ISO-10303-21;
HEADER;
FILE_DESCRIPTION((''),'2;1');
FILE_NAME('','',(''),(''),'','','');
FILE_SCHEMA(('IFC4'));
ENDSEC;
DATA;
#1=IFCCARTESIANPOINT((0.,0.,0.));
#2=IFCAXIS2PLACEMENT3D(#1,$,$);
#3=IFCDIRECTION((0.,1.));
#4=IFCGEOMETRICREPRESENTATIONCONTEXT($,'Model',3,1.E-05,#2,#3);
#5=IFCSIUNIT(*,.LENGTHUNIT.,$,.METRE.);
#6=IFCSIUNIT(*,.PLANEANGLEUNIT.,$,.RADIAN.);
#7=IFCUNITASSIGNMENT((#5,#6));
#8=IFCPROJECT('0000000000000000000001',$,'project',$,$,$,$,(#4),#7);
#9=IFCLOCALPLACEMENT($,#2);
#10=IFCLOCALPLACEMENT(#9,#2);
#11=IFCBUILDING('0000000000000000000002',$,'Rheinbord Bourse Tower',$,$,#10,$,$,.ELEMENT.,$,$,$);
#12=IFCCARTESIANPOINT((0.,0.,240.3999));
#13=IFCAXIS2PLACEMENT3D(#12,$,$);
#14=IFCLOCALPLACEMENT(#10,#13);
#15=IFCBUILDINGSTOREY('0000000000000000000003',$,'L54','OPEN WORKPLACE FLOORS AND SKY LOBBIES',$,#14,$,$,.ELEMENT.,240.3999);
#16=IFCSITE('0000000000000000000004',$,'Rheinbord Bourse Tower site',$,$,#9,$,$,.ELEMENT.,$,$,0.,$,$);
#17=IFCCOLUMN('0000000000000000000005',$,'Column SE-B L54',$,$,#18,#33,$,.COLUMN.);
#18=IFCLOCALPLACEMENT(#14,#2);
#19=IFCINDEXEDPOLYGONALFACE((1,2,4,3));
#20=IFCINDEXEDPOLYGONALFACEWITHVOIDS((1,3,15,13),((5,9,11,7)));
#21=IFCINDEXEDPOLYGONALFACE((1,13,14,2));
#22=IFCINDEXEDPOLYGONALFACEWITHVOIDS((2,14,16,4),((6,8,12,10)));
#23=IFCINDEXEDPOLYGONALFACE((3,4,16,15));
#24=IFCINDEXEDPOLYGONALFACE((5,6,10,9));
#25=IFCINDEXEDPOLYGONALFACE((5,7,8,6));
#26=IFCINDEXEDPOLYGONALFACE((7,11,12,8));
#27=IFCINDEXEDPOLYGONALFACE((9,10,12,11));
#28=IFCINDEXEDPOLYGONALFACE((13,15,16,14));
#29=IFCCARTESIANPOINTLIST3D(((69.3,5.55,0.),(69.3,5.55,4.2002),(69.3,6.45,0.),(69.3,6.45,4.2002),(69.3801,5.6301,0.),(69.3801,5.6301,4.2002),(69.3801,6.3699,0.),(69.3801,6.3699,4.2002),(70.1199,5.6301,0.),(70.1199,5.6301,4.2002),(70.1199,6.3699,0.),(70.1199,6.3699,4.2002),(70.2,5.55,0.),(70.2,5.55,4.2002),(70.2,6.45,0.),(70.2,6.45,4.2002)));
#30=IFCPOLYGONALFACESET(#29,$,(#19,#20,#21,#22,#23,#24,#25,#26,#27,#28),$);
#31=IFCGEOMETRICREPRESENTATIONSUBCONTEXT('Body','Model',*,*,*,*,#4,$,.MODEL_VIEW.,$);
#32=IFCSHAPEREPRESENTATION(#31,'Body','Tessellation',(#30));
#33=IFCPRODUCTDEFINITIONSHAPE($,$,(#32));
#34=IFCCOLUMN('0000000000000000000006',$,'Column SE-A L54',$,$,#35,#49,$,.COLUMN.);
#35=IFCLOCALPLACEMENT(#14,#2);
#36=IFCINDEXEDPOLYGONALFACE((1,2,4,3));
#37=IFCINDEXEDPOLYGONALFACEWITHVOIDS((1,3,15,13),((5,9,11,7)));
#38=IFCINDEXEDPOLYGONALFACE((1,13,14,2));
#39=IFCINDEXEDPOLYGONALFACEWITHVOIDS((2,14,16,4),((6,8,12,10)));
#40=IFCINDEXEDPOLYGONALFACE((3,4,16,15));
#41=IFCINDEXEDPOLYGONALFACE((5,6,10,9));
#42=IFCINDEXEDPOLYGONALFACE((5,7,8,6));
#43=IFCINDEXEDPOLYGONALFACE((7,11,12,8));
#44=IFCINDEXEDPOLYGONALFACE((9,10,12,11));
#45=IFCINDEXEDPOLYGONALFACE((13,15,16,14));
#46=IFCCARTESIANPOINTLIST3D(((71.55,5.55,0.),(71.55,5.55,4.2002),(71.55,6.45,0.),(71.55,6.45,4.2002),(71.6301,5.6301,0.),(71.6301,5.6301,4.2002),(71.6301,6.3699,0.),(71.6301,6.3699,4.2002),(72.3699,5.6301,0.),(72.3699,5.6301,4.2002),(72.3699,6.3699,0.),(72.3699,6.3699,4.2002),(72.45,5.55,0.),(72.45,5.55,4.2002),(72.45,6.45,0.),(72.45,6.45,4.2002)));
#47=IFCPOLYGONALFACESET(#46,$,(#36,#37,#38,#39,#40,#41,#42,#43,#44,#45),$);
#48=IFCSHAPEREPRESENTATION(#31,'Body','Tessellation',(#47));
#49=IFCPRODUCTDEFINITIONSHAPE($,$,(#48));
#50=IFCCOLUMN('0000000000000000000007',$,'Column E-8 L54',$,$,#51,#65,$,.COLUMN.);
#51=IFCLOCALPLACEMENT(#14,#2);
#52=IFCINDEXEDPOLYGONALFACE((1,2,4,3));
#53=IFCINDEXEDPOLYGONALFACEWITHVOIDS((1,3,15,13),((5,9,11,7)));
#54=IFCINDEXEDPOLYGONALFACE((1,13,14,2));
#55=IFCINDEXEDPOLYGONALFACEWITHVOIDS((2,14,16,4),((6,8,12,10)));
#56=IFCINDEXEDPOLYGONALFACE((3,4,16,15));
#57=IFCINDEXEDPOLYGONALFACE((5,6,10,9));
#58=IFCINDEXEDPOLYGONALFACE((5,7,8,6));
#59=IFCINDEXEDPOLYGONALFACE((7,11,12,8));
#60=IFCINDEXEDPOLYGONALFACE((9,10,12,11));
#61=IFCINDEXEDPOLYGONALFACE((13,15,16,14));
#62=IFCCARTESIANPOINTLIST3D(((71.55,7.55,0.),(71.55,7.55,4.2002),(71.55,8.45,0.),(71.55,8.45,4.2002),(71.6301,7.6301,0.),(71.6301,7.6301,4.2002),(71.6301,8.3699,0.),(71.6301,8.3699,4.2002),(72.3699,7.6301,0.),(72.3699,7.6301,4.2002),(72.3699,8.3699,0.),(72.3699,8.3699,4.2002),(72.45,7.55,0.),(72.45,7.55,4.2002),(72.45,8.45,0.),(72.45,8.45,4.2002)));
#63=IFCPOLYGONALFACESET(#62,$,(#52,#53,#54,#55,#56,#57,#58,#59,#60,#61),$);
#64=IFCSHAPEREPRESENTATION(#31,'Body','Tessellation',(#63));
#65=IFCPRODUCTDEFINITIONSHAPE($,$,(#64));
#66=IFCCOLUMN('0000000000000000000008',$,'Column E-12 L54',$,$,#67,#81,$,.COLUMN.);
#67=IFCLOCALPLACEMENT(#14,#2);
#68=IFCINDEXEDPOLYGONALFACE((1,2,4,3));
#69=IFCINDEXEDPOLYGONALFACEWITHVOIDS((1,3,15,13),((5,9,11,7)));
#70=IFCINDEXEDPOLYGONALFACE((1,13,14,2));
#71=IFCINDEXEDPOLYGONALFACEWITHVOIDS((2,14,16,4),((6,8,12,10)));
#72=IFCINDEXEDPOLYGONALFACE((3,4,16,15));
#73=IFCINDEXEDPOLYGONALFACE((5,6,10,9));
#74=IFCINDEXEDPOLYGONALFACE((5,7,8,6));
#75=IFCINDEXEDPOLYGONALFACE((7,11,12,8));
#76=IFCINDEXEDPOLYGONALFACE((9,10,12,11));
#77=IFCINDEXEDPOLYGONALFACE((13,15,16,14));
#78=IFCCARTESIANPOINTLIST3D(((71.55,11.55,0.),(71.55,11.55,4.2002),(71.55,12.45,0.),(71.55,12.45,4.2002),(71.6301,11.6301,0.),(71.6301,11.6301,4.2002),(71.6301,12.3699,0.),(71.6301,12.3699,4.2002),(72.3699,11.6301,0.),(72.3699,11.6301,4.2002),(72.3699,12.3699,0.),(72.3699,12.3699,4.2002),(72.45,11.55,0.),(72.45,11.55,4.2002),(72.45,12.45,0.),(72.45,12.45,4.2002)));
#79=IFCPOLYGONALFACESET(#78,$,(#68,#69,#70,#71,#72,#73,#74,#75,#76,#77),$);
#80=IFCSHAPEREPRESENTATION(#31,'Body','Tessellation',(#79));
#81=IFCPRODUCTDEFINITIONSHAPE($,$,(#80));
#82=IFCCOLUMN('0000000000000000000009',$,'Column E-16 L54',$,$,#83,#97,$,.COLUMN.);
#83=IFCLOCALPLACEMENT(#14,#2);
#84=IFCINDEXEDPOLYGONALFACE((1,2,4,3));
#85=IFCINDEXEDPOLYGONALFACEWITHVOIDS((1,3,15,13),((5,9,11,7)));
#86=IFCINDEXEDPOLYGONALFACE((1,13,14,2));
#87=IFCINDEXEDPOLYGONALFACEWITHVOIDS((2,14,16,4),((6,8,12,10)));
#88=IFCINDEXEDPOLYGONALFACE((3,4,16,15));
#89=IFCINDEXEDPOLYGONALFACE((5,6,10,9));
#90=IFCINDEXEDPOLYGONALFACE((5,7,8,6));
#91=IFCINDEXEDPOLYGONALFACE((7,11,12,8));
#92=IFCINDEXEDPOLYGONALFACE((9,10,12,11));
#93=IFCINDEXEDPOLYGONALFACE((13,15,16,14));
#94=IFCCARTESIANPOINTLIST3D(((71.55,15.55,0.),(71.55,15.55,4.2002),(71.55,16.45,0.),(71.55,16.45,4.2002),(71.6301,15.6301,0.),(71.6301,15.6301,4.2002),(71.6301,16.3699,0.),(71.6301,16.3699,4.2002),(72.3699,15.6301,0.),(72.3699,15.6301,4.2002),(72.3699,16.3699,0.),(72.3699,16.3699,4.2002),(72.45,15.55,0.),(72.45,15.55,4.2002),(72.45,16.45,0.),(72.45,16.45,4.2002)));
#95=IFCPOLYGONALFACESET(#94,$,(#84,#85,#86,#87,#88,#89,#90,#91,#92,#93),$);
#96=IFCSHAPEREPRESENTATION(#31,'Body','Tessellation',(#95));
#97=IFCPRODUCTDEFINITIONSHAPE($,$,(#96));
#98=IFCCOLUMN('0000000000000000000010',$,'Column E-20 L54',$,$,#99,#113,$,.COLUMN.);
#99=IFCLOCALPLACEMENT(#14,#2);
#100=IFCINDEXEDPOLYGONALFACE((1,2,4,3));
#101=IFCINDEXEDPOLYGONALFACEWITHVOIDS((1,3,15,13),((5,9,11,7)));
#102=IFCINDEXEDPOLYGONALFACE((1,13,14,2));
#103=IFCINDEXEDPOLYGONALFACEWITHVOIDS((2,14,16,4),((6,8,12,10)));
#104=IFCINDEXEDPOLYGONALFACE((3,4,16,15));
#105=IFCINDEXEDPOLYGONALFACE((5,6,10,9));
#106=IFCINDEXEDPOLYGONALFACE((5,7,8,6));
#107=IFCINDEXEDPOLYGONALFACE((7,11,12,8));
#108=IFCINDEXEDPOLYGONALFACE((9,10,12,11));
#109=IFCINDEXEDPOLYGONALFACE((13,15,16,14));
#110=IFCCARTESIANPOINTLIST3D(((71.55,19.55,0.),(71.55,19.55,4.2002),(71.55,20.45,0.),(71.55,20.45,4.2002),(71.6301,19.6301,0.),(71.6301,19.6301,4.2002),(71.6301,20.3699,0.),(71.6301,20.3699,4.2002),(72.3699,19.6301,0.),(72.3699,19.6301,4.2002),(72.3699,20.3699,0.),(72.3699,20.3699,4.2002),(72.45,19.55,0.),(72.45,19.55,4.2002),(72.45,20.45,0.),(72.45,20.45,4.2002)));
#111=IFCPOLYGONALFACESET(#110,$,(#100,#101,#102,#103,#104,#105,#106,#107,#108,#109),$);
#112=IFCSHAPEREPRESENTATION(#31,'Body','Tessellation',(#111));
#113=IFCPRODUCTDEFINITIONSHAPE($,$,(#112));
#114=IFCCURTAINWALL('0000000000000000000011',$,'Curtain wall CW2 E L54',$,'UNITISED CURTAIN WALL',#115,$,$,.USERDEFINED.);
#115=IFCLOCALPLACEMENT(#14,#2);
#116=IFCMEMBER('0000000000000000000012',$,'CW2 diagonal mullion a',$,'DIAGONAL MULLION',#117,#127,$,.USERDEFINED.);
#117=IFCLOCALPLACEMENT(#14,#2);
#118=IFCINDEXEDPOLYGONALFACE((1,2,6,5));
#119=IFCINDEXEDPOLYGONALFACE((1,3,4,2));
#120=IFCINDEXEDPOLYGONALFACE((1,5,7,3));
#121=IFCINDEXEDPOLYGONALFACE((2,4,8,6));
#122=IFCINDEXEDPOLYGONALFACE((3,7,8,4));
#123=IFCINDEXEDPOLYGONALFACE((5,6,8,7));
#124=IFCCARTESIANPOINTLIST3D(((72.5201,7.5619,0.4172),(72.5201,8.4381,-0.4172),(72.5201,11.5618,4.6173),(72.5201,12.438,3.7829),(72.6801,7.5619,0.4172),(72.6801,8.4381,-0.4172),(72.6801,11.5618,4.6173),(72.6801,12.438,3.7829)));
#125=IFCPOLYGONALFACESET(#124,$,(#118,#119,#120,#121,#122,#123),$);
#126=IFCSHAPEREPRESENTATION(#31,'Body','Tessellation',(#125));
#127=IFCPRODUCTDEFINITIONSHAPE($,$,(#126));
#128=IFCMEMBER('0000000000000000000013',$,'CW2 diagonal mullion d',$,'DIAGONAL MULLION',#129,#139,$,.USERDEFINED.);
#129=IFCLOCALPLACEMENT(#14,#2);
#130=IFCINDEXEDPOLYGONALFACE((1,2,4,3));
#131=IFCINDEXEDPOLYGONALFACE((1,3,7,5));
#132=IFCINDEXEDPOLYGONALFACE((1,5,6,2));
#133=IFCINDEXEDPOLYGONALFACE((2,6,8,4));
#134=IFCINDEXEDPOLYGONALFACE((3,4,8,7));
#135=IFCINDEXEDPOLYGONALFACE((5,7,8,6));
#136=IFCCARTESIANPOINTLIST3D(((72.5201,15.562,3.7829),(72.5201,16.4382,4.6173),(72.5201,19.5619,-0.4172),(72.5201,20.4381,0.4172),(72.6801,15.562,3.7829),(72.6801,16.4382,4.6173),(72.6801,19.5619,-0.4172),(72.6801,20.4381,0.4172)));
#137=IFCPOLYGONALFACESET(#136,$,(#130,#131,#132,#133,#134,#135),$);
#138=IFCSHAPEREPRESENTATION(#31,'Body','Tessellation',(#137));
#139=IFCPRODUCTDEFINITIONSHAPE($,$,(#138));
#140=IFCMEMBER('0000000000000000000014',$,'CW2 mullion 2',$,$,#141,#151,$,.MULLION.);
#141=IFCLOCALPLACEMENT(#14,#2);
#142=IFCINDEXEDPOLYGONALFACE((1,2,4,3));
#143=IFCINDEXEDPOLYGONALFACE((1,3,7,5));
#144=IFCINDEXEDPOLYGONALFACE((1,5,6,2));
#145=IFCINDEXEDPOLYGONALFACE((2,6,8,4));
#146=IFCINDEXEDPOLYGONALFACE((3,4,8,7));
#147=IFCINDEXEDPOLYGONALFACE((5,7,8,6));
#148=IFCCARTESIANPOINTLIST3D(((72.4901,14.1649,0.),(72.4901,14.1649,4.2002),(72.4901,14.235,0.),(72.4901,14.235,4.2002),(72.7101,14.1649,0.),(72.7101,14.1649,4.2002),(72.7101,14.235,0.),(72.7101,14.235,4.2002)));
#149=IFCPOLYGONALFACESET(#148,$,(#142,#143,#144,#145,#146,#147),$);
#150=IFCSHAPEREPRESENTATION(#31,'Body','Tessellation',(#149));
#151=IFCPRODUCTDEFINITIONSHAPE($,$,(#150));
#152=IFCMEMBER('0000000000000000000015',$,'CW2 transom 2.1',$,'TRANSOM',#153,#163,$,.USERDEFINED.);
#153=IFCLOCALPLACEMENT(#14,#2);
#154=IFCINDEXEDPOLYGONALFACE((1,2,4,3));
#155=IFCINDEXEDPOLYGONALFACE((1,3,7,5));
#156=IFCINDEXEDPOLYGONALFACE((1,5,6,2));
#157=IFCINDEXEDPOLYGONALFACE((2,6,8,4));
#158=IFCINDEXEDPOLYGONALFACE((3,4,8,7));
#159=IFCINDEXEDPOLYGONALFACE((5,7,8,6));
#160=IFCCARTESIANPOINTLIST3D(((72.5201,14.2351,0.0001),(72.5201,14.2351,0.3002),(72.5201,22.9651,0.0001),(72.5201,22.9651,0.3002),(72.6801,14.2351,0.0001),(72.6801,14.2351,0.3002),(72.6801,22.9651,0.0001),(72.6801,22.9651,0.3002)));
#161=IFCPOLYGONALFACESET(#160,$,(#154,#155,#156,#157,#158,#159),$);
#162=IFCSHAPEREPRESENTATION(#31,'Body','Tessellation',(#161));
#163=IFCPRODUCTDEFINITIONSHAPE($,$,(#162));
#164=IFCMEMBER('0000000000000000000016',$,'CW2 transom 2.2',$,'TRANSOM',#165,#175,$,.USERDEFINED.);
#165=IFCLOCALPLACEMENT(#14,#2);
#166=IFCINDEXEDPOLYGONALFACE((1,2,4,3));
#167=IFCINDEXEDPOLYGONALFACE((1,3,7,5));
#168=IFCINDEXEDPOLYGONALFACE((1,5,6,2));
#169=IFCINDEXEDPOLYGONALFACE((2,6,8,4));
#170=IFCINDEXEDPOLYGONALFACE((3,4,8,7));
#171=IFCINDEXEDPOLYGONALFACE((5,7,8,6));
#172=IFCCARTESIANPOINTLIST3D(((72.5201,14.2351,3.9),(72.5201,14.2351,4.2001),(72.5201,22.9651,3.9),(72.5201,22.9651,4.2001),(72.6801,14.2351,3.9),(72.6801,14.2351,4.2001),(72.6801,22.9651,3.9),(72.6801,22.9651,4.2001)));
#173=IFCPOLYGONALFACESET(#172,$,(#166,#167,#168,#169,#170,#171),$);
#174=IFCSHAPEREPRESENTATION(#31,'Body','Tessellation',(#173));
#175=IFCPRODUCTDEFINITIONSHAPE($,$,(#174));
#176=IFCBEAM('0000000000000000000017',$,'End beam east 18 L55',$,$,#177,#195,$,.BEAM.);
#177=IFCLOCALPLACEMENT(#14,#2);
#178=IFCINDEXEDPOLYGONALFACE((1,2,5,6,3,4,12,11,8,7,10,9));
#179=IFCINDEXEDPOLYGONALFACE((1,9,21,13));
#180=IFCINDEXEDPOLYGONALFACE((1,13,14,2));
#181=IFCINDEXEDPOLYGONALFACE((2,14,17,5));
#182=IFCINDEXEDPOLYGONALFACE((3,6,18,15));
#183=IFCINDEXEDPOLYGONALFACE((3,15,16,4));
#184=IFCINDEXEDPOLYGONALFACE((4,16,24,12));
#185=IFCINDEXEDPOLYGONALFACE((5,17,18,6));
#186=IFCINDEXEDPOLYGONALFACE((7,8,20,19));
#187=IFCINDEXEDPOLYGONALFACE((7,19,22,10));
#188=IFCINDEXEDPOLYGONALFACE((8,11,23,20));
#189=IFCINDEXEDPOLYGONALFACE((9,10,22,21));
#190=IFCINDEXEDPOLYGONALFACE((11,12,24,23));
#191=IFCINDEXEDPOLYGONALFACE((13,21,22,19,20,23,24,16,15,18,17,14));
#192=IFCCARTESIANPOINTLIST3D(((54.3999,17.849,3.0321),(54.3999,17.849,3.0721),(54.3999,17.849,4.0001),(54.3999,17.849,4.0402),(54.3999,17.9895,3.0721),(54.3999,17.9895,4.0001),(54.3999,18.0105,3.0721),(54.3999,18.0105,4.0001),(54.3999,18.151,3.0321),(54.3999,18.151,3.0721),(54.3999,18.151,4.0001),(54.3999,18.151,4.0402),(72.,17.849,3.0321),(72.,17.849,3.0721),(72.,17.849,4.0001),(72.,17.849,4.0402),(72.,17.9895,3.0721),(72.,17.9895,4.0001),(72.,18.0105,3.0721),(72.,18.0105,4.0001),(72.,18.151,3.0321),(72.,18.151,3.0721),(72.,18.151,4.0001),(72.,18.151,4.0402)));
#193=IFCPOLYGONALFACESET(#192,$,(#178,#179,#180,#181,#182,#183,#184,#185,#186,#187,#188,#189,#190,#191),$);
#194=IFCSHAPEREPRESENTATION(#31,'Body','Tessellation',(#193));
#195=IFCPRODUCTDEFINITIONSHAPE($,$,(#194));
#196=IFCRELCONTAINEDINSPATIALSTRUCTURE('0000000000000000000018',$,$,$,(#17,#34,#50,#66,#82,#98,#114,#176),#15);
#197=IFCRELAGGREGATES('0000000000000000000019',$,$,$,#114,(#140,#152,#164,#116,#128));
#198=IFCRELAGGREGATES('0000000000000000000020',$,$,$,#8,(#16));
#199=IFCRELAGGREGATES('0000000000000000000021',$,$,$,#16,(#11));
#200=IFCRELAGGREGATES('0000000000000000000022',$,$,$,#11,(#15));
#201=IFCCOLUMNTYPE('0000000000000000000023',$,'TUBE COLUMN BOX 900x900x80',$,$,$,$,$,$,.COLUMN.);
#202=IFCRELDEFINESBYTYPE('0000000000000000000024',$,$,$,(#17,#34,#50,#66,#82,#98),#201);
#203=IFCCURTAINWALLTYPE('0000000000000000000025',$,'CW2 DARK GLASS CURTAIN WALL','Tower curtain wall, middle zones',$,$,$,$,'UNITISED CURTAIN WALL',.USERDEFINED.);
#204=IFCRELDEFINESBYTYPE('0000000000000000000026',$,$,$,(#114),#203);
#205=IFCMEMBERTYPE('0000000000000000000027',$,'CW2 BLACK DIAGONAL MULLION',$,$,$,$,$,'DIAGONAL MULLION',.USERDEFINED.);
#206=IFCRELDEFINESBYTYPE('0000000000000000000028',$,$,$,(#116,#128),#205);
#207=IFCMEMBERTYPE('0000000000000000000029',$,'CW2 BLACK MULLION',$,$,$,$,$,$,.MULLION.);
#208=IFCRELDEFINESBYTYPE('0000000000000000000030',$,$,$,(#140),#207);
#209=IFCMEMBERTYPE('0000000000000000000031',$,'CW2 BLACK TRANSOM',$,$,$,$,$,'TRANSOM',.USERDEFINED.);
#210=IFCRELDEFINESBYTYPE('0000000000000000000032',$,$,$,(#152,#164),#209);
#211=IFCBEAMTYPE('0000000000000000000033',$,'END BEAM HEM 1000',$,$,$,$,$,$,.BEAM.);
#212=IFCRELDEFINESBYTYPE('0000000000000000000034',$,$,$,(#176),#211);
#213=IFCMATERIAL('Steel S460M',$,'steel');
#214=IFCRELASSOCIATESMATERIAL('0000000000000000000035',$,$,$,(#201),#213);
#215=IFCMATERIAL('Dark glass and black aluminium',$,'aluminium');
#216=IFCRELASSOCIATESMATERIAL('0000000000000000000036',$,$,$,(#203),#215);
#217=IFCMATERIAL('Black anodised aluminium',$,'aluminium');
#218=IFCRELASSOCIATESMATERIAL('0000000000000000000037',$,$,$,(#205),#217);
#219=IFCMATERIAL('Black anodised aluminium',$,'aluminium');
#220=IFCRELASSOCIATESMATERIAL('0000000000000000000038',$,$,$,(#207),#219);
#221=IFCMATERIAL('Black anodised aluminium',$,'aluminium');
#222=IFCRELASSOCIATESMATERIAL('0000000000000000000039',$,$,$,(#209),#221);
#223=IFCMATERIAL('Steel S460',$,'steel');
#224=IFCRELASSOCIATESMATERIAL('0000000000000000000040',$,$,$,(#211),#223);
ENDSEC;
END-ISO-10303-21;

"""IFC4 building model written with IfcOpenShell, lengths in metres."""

from ifc_helpers import new_model, si_unit, direction, frame, origin, origin_2d, place, context, subcontext, project, spatial, rectangle, hollow_rectangle, i_section, extrude, material, material_profile, profile_set, type_object, element, aggregate, save


model = new_model("IFC4")

# Units and contexts
model_context = context("Model", 3, precision=1e-05, world=origin(), true_north=direction((0.0, 1.0)))
body_context = subcontext(model_context, "Body", "Model", "MODEL_VIEW")
ifc_project = project(units=[si_unit("LENGTHUNIT", "METRE"), si_unit("PLANEANGLEUNIT", "RADIAN")], contexts=[model_context])

# Site, building, storey
site_placement = place(None, origin())
site = spatial("IfcSite", under=ifc_project, at=site_placement, Name="Rheinbord Bourse Tower site", CompositionType="ELEMENT", RefElevation=0.0)
building_placement = place(site_placement, origin())
building = spatial("IfcBuilding", under=site, at=building_placement, Name="Rheinbord Bourse Tower", CompositionType="ELEMENT")
storey_placement = place(building_placement, frame((0.0, 0.0, 240.3999)))
storey = spatial("IfcBuildingStorey", under=building, at=storey_placement, Name="L54", Description="OPEN WORKPLACE FLOORS AND SKY LOBBIES", CompositionType="ELEMENT", Elevation=240.3999)

# Columns
ifc_material_1 = material(Name="Steel S460M", Category="steel")
ifc_material_profile_1 = material_profile(ifc_material_1, hollow_rectangle(XDim=0.8999, YDim=0.8999, WallThickness=0.0801, at=origin_2d()), Name="BOX 900x900x80")
ifc_profile_set_1 = profile_set([ifc_material_profile_1], Name="Steel S460M")
column_type = type_object("IfcColumnType", Name="TUBE COLUMN BOX 900x900x80", PredefinedType="COLUMN", material=ifc_profile_set_1)
for number, where, z_axis, x_axis, name in (
    (1, (69.75, 6.0, 0.0), (0.0, 0.0, 1.0), (1.0, 0.0, 0.0), "Column SE-B L54"),
    (2, (72.0, 6.0, 0.0), (0.0, 0.0, 1.0), (1.0, 0.0, 0.0), "Column SE-A L54"),
    (3, (72.0, 8.0, 0.0), (0.0, 0.0, 1.0), (1.0, 0.0, 0.0), "Column E-8 L54"),
    (4, (72.0, 12.0, 0.0), (0.0, 0.0, 1.0), (1.0, 0.0, 0.0), "Column E-12 L54"),
    (5, (72.0, 16.0, 0.0), (0.0, 0.0, 1.0), (1.0, 0.0, 0.0), "Column E-16 L54"),
    (6, (72.0, 20.0, 0.0), (0.0, 0.0, 1.0), (1.0, 0.0, 0.0), "Column E-20 L54"),
):
    element("IfcColumn", number, at=place(storey_placement, frame(where, z_axis=z_axis, x_axis=x_axis)), inside=storey, type_object=column_type, Name=name, PredefinedType="COLUMN", context=body_context, shape_type="SweptSolid", body=[
        extrude(hollow_rectangle(XDim=0.8999, YDim=0.8999, WallThickness=0.0801, at=origin_2d()), origin(), (0.0, 0.0, 1.0), 4.2002),
    ])

# Curtain wall, members
ifc_material_2 = material(Name="Dark glass and black aluminium", Category="aluminium")
curtain_wall_type = type_object("IfcCurtainWallType", Name="CW2 DARK GLASS CURTAIN WALL", Description="Tower curtain wall, middle zones", ElementType="UNITISED CURTAIN WALL", PredefinedType="USERDEFINED", material=ifc_material_2)
curtain_wall_placement = place(storey_placement, origin())
curtain_wall = element("IfcCurtainWall", 7, at=curtain_wall_placement, inside=storey, type_object=curtain_wall_type, Name="Curtain wall CW2 E L54", ObjectType="UNITISED CURTAIN WALL", PredefinedType="USERDEFINED")
ifc_material_3 = material(Name="Black anodised aluminium", Category="aluminium")
ifc_material_profile_2 = material_profile(ifc_material_3, rectangle(XDim=0.1599, YDim=1.21, at=origin_2d()), Name="CW2 DIAGONAL MULLION 1210x160")
ifc_profile_set_2 = profile_set([ifc_material_profile_2], Name="Black anodised aluminium")
member_type_1 = type_object("IfcMemberType", Name="CW2 BLACK DIAGONAL MULLION", ElementType="DIAGONAL MULLION", PredefinedType="USERDEFINED", material=ifc_profile_set_2)
member_1_placement = place(storey_placement, frame((72.6001, 8.0, 0.0), z_axis=(0.0, 0.689638, 0.724154), x_axis=(-1.0, 0.0, 0.0)))
member_1 = element("IfcMember", 8, at=member_1_placement, type_object=member_type_1, Name="CW2 diagonal mullion a", ObjectType="DIAGONAL MULLION", PredefinedType="USERDEFINED", context=body_context, shape_type="SweptSolid", body=[
    extrude(rectangle(XDim=0.1599, YDim=1.21, at=origin_2d()), origin(), (0.0, 0.0, 1.0), 5.8),
])
member_2_placement = place(storey_placement, frame((72.6001, 20.0, 0.0), z_axis=(0.0, -0.689638, 0.724154), x_axis=(1.0, 0.0, 0.0)))
member_2 = element("IfcMember", 9, at=member_2_placement, type_object=member_type_1, Name="CW2 diagonal mullion d", ObjectType="DIAGONAL MULLION", PredefinedType="USERDEFINED", context=body_context, shape_type="SweptSolid", body=[
    extrude(rectangle(XDim=0.1599, YDim=1.21, at=origin_2d()), origin(), (0.0, 0.0, 1.0), 5.8),
])
ifc_material_4 = material(Name="Black anodised aluminium", Category="aluminium")
ifc_material_profile_3 = material_profile(ifc_material_4, rectangle(XDim=0.22, YDim=0.0701, at=origin_2d()), Name="CW2 MULLION 70x220")
ifc_profile_set_3 = profile_set([ifc_material_profile_3], Name="Black anodised aluminium")
member_type_2 = type_object("IfcMemberType", Name="CW2 BLACK MULLION", PredefinedType="MULLION", material=ifc_profile_set_3)
member_3_placement = place(storey_placement, frame((72.6001, 14.2, 0.0), z_axis=(0.0, 0.0, 1.0), x_axis=(-1.0, 0.0, 0.0)))
member_3 = element("IfcMember", 10, at=member_3_placement, type_object=member_type_2, Name="CW2 mullion 2", PredefinedType="MULLION", context=body_context, shape_type="SweptSolid", body=[
    extrude(rectangle(XDim=0.22, YDim=0.0701, at=origin_2d()), origin(), (0.0, 0.0, 1.0), 4.2002),
])
ifc_material_5 = material(Name="Black anodised aluminium", Category="aluminium")
ifc_material_profile_4 = material_profile(ifc_material_5, rectangle(XDim=0.1599, YDim=0.3, at=origin_2d()), Name="CW2 TRANSOM 300x160")
ifc_profile_set_4 = profile_set([ifc_material_profile_4], Name="Black anodised aluminium")
member_type_3 = type_object("IfcMemberType", Name="CW2 BLACK TRANSOM", ElementType="TRANSOM", PredefinedType="USERDEFINED", material=ifc_profile_set_4)
member_4_placement = place(storey_placement, frame((72.6001, 14.2351, 0.1501), z_axis=(0.0, 1.0, 0.0), x_axis=(-1.0, 0.0, 0.0)))
member_4 = element("IfcMember", 11, at=member_4_placement, type_object=member_type_3, Name="CW2 transom 2.1", ObjectType="TRANSOM", PredefinedType="USERDEFINED", context=body_context, shape_type="SweptSolid", body=[
    extrude(rectangle(XDim=0.1599, YDim=0.3, at=origin_2d()), origin(), (0.0, 0.0, 1.0), 8.73),
])
member_5_placement = place(storey_placement, frame((72.6001, 14.2351, 4.05), z_axis=(0.0, 1.0, 0.0), x_axis=(-1.0, 0.0, 0.0)))
member_5 = element("IfcMember", 12, at=member_5_placement, type_object=member_type_3, Name="CW2 transom 2.2", ObjectType="TRANSOM", PredefinedType="USERDEFINED", context=body_context, shape_type="SweptSolid", body=[
    extrude(rectangle(XDim=0.1599, YDim=0.3, at=origin_2d()), origin(), (0.0, 0.0, 1.0), 8.73),
])

# Beam
ifc_material_6 = material(Name="Steel S460", Category="steel")
ifc_material_profile_5 = material_profile(ifc_material_6, i_section(OverallWidth=0.302, OverallDepth=1.0081, WebThickness=0.021, FlangeThickness=0.04, at=origin_2d()), Name="HEM 1000")
ifc_profile_set_5 = profile_set([ifc_material_profile_5], Name="Steel S460")
beam_type_1 = type_object("IfcBeamType", Name="END BEAM HEM 1000", PredefinedType="BEAM", material=ifc_profile_set_5)
for number, where, z_axis, x_axis, name in (
    (13, (54.3999, 18.0, 3.5361), (1.0, 0.0, 0.0), (0.0, 1.0, 0.0), "End beam east 18 L55"),
):
    element("IfcBeam", number, at=place(storey_placement, frame(where, z_axis=z_axis, x_axis=x_axis)), inside=storey, type_object=beam_type_1, Name=name, PredefinedType="BEAM", context=body_context, shape_type="SweptSolid", body=[
        extrude(i_section(OverallWidth=0.302, OverallDepth=1.0081, WebThickness=0.021, FlangeThickness=0.04, at=origin_2d()), origin(), (0.0, 0.0, 1.0), 17.6001),
    ])

aggregate(curtain_wall, [member_3, member_4, member_5, member_1, member_2])

save(model, "model.ifc")
